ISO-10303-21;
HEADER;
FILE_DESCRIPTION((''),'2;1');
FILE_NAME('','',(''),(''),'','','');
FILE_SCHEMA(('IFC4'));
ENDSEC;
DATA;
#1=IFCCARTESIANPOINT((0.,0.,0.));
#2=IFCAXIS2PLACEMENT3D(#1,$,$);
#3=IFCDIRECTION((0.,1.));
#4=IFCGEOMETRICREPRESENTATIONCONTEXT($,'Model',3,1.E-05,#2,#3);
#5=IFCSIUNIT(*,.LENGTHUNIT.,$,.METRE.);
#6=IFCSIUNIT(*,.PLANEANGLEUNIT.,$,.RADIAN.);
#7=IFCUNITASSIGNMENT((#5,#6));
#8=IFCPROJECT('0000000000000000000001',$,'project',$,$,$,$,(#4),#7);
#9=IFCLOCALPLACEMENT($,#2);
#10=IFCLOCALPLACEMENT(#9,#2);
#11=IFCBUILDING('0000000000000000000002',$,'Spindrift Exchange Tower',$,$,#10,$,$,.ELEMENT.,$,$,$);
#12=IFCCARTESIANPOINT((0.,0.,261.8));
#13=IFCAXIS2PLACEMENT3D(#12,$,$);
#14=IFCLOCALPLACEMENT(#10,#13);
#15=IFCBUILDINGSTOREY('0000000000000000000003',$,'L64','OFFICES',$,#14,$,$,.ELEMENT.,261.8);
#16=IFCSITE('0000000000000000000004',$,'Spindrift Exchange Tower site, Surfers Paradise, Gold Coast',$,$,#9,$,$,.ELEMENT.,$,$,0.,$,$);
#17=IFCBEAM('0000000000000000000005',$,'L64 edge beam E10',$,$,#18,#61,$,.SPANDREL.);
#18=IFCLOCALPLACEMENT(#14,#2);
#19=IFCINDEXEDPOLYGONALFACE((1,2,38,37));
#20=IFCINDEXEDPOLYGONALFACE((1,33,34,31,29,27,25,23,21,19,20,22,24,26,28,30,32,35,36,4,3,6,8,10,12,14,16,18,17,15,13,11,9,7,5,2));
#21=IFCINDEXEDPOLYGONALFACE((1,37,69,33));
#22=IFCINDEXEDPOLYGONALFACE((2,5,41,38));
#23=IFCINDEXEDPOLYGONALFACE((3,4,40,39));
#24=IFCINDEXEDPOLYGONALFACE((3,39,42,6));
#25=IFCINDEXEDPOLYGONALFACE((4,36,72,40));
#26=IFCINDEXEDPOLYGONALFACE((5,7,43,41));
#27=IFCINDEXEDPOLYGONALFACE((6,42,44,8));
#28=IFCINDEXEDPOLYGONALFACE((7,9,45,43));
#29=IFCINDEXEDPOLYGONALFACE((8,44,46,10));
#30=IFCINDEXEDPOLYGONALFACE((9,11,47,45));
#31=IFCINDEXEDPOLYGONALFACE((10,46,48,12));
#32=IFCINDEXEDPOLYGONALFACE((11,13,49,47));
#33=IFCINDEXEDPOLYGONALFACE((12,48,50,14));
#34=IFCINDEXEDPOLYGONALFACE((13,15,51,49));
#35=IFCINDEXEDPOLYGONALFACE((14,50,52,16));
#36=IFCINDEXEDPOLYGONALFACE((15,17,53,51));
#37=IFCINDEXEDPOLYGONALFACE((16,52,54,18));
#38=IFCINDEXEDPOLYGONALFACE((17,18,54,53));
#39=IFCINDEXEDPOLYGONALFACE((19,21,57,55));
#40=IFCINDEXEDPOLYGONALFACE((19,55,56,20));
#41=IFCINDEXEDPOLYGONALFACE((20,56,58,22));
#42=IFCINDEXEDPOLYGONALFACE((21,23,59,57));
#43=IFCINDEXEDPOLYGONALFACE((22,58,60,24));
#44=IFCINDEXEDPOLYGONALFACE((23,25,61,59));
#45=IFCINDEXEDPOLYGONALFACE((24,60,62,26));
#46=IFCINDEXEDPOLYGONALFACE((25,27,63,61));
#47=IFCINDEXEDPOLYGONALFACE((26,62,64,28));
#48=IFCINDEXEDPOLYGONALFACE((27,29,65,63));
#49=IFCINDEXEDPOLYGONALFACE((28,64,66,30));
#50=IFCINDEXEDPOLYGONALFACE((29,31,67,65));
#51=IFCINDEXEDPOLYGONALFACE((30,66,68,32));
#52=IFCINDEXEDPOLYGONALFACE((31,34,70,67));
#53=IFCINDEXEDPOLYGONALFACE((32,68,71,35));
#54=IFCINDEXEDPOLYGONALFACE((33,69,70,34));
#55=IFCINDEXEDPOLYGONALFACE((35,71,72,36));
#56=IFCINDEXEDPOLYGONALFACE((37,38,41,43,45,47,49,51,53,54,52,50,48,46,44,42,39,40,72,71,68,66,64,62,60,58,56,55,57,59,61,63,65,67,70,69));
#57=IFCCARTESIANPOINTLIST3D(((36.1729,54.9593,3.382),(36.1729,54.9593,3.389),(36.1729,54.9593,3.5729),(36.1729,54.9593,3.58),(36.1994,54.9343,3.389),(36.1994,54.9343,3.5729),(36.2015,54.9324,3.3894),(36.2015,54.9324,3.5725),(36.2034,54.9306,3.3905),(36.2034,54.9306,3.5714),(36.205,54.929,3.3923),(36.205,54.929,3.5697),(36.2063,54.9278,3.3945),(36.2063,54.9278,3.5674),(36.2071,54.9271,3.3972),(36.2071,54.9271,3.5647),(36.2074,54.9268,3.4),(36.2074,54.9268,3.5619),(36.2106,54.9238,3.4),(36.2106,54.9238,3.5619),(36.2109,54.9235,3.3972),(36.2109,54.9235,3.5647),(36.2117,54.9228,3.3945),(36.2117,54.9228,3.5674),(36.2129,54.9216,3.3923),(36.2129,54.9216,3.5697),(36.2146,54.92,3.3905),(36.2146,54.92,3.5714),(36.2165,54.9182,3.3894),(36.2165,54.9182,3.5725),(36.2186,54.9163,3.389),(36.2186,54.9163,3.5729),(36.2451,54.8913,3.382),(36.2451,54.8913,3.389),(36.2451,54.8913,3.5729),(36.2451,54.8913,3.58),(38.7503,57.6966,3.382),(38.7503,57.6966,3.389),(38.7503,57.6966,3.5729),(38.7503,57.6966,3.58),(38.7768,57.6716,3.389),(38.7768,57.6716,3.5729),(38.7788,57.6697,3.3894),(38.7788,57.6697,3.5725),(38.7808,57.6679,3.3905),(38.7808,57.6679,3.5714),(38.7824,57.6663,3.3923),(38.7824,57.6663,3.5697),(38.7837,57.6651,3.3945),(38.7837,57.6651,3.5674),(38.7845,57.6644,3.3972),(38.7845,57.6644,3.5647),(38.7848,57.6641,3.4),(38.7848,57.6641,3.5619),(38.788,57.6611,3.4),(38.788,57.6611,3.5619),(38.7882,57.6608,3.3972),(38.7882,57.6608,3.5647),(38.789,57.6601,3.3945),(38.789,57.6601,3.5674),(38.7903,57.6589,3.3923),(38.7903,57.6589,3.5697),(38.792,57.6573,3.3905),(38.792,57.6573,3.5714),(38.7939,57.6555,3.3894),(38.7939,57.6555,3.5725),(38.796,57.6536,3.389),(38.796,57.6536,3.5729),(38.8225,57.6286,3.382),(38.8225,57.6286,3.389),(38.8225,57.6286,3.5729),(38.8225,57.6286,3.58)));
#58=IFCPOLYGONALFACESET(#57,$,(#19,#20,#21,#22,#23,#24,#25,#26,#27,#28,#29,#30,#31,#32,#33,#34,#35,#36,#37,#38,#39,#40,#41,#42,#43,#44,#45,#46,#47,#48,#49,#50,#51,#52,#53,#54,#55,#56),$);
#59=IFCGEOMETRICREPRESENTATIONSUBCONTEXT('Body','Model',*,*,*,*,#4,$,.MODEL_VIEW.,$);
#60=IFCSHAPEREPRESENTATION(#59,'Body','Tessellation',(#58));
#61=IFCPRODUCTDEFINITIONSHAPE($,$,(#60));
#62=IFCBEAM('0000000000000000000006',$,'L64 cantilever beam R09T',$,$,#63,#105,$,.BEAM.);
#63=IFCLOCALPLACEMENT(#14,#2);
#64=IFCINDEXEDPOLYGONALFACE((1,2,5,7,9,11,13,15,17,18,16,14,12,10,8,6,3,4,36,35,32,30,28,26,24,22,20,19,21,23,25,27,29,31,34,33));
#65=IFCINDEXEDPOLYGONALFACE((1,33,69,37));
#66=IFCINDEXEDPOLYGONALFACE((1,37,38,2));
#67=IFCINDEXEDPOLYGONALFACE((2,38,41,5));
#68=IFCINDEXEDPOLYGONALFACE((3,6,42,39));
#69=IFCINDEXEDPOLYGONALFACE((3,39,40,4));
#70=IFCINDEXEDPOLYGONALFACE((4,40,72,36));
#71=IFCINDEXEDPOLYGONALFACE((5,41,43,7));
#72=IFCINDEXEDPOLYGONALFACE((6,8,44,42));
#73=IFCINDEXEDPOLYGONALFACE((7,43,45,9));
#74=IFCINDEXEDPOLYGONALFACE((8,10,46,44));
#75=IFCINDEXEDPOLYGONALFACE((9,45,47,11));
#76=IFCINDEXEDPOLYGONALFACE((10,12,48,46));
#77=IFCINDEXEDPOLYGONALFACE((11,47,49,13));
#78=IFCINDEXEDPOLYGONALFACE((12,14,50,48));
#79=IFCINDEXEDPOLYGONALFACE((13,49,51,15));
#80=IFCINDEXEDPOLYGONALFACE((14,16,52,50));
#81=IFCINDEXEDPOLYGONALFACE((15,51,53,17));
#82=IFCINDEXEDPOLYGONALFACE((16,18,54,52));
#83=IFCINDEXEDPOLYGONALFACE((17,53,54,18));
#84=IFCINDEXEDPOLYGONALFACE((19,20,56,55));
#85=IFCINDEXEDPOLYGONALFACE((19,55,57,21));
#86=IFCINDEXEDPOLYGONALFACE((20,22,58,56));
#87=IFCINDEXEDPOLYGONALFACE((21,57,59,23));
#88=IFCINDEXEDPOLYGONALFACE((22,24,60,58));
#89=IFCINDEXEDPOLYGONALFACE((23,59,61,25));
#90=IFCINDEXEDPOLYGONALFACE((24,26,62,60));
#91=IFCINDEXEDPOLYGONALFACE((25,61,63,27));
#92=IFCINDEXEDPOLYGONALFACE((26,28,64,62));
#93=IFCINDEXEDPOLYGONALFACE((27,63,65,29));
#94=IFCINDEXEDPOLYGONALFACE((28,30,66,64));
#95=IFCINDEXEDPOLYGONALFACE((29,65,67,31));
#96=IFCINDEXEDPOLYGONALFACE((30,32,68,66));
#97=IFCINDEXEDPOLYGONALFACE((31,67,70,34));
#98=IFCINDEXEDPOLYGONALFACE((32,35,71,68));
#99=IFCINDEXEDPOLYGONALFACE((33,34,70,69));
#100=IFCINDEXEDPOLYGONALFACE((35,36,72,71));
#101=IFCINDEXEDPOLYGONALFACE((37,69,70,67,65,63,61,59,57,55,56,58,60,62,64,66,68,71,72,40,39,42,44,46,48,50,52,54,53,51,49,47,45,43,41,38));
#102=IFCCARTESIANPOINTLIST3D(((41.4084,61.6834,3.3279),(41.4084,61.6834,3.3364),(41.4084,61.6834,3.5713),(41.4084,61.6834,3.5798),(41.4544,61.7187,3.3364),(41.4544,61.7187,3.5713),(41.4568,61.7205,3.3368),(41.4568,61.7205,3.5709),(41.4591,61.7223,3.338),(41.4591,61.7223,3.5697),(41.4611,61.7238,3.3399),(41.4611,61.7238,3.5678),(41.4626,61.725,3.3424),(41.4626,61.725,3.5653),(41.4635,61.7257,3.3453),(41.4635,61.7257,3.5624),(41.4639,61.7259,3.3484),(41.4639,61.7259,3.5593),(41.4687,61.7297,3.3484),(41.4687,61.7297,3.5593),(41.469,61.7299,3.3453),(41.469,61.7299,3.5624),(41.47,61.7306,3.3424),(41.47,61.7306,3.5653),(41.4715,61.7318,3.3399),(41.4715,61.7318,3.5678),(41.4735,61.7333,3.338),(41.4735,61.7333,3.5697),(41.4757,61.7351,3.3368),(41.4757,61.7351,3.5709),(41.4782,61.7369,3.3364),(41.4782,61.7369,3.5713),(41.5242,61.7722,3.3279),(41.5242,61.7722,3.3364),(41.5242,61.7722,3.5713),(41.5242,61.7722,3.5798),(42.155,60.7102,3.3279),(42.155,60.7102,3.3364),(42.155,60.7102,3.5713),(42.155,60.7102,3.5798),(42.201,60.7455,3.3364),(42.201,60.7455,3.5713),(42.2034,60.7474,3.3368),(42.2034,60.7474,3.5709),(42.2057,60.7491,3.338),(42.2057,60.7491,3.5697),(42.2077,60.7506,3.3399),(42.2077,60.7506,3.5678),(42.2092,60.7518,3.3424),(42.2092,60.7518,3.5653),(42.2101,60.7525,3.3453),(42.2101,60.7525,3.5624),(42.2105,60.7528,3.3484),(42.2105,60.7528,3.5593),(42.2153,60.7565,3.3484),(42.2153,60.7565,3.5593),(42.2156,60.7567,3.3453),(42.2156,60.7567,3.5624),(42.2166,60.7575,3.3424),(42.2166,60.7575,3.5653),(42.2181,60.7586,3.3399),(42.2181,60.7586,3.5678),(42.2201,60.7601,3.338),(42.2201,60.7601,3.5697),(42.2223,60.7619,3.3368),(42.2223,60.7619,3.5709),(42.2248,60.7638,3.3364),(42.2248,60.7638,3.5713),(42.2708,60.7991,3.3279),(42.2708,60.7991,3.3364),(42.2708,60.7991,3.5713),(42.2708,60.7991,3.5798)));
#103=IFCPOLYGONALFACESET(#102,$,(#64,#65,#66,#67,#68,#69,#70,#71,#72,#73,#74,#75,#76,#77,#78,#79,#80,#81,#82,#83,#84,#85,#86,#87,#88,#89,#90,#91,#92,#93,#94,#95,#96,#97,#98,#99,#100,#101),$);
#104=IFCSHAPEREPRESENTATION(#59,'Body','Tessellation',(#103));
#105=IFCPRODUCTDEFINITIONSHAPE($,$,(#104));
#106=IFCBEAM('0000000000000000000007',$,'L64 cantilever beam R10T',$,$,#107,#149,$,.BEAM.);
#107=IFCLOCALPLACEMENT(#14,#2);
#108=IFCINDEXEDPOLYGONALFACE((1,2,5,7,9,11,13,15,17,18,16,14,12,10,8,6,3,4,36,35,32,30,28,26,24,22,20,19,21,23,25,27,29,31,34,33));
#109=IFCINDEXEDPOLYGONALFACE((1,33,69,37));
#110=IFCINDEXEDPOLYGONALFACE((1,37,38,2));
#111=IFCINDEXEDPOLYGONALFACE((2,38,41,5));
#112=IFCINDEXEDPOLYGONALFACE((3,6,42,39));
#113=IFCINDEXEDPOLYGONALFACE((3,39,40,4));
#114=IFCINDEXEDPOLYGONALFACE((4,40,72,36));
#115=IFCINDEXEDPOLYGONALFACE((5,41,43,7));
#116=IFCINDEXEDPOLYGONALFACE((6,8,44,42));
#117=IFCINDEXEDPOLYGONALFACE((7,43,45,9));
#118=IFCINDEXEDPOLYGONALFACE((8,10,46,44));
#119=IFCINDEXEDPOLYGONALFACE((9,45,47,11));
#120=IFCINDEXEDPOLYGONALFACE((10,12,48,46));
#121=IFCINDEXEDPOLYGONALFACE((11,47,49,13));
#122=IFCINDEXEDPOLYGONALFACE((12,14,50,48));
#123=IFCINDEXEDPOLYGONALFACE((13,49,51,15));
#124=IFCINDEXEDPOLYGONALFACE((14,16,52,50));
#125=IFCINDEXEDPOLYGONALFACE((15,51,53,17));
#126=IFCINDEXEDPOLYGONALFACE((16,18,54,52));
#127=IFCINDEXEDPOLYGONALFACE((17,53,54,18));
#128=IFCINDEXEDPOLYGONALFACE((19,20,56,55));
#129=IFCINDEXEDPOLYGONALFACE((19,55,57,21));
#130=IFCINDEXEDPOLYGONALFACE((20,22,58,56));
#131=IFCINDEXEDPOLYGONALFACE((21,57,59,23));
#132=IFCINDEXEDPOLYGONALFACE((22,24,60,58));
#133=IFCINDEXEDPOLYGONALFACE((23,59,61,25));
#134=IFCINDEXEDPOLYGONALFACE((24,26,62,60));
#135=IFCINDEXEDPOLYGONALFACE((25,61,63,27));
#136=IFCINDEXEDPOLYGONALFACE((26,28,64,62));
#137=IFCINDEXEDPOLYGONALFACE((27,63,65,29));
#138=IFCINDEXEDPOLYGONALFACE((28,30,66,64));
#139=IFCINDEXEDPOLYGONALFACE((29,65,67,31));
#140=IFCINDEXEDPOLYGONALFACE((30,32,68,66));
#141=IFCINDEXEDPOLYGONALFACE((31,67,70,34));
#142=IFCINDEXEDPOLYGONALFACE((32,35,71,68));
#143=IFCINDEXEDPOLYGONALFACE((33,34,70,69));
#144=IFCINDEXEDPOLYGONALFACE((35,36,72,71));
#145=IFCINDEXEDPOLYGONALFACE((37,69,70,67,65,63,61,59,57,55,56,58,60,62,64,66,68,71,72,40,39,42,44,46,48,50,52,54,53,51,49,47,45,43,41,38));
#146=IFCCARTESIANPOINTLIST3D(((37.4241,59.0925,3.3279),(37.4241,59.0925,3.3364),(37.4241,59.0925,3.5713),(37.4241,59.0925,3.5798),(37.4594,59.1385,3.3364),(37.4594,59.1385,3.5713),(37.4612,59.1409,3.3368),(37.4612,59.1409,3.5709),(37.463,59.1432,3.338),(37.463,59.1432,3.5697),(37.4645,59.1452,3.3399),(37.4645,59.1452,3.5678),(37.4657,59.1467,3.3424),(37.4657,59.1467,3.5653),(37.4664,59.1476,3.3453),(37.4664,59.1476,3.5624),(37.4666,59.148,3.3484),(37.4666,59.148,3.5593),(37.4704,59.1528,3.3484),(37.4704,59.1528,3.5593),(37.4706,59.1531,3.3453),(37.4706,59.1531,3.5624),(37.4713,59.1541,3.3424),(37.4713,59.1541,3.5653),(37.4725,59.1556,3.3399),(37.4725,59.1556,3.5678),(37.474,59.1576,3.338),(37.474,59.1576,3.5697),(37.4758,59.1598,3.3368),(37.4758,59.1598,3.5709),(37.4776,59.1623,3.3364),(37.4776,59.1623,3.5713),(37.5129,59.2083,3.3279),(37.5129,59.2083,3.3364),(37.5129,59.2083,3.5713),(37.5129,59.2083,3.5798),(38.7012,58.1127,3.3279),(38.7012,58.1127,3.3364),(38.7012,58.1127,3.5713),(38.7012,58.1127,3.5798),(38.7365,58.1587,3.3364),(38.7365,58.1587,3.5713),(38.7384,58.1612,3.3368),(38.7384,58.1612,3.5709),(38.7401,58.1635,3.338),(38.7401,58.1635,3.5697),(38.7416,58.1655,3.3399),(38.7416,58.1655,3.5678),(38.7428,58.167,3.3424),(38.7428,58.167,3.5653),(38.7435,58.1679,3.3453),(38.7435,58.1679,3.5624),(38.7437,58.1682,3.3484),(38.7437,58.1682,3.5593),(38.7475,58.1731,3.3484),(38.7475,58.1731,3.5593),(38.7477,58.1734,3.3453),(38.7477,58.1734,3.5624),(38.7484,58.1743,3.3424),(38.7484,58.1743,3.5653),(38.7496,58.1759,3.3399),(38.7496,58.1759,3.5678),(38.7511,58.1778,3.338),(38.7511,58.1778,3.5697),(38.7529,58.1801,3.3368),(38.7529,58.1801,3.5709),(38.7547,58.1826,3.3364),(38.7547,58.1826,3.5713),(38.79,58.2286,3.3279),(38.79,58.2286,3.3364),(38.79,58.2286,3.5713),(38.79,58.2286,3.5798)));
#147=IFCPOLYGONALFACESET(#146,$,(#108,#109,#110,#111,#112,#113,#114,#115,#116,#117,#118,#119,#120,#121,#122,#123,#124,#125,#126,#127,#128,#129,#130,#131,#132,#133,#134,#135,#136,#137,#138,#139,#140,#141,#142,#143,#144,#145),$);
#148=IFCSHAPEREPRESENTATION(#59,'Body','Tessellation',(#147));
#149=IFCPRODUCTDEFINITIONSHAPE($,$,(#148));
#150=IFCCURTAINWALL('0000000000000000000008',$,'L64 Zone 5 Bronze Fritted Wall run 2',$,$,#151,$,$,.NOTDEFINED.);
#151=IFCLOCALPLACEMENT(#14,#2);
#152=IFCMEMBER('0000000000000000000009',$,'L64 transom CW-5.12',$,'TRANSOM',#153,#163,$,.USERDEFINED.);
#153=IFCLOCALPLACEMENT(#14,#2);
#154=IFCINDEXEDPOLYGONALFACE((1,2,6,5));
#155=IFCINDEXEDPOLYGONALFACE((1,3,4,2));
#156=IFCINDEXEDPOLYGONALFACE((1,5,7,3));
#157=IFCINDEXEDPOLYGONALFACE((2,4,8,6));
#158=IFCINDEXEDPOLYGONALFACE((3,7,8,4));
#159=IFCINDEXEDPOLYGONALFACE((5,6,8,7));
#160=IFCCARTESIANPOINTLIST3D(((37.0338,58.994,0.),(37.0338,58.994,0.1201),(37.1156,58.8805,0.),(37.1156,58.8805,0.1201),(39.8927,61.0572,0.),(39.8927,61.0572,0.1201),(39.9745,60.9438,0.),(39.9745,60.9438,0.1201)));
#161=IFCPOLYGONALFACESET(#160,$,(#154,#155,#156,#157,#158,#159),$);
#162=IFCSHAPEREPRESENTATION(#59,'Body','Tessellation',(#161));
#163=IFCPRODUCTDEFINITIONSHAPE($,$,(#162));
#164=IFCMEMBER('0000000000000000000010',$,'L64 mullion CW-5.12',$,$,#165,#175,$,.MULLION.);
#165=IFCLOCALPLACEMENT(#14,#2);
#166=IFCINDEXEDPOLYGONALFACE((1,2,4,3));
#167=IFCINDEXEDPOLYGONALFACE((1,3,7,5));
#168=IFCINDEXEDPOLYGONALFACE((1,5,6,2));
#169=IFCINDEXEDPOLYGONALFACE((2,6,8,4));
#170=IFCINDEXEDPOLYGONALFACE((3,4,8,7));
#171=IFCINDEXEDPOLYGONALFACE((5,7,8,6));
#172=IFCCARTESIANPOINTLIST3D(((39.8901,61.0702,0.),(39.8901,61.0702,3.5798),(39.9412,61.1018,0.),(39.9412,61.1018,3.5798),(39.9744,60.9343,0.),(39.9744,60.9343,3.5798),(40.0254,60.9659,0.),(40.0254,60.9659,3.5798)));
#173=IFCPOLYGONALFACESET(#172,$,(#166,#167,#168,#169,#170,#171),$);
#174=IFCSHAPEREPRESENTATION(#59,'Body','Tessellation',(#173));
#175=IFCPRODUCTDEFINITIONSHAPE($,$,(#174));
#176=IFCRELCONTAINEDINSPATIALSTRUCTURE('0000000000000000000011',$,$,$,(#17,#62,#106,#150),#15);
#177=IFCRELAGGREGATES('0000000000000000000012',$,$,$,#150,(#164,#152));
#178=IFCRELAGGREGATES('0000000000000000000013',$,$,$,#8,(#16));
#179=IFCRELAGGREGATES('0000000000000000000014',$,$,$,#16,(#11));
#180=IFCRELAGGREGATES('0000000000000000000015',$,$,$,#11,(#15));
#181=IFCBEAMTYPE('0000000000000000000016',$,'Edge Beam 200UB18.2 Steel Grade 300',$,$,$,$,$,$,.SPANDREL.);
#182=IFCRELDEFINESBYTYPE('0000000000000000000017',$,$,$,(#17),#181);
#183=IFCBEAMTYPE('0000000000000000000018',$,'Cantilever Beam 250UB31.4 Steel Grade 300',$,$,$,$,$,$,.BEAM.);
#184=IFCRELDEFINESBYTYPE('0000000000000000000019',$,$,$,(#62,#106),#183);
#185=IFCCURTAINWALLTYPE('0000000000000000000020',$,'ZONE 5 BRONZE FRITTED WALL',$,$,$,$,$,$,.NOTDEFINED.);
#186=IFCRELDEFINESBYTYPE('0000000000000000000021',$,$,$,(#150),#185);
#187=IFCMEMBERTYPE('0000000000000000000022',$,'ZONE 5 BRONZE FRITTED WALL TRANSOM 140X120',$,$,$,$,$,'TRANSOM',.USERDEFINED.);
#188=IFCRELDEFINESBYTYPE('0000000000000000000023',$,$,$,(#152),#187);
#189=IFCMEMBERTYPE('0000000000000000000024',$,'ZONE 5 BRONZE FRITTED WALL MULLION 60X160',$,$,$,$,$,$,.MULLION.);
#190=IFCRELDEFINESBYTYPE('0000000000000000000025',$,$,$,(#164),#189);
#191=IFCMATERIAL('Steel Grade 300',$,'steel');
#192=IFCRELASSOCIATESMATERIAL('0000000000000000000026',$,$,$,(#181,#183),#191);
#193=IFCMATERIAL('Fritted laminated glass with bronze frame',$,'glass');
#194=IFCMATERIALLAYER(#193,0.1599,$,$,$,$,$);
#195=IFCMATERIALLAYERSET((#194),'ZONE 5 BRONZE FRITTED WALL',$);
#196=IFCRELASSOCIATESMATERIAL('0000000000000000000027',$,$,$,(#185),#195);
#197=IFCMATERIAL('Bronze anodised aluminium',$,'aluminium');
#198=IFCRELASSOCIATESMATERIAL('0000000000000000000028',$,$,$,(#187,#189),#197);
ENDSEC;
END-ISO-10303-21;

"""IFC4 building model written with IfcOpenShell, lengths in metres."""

from ifc_helpers import new_model, si_unit, direction, frame, origin, origin_2d, place, context, subcontext, project, spatial, rectangle, i_section, extrude, source, transform, mapped, material, layer, layer_set, material_profile, profile_set, type_object, element, aggregate, save


model = new_model("IFC4")

# Units and contexts
model_context = context("Model", 3, precision=1e-05, world=origin(), true_north=direction((0.0, 1.0)))
body_context = subcontext(model_context, "Body", "Model", "MODEL_VIEW")
ifc_project = project(units=[si_unit("LENGTHUNIT", "METRE"), si_unit("PLANEANGLEUNIT", "RADIAN")], contexts=[model_context])

# Site, building, storey
site_placement = place(None, origin())
site = spatial("IfcSite", under=ifc_project, at=site_placement, Name="Spindrift Exchange Tower site, Surfers Paradise, Gold Coast", CompositionType="ELEMENT", RefElevation=0.0)
building_placement = place(site_placement, origin())
building = spatial("IfcBuilding", under=site, at=building_placement, Name="Spindrift Exchange Tower", CompositionType="ELEMENT")
storey_placement = place(building_placement, frame((0.0, 0.0, 261.8)))
storey = spatial("IfcBuildingStorey", under=building, at=storey_placement, Name="L64", Description="OFFICES", CompositionType="ELEMENT", Elevation=261.8)

# Beams
ifc_material_1 = material(Name="Steel Grade 300", Category="steel")
ifc_material_profile_1 = material_profile(ifc_material_1, i_section(OverallWidth=0.0991, OverallDepth=0.198, WebThickness=0.0044, FlangeThickness=0.0071, FilletRadius=0.011, at=origin_2d()), Name="200UB18.2")
ifc_profile_set_1 = profile_set([ifc_material_profile_1], Name="Steel Grade 300")
beam_type_1 = type_object("IfcBeamType", Name="Edge Beam 200UB18.2 Steel Grade 300", PredefinedType="SPANDREL", material=ifc_profile_set_1)
shared_shape_1 = source(origin(), body_context, "Body", "SweptSolid", [
    extrude(i_section(OverallWidth=0.0991, OverallDepth=0.198, WebThickness=0.0044, FlangeThickness=0.0071, FilletRadius=0.011, at=origin_2d()), origin(), (0.0, 0.0, 1.0), 3.7598),
])
beam_1_placement = place(storey_placement, frame((38.7864, 57.6626, 3.481), z_axis=(-0.685521, -0.728053, 0.0), x_axis=(0.728053, -0.685521, 0.0)))
element("IfcBeam", 1, at=beam_1_placement, inside=storey, type_object=beam_type_1, Name="L64 edge beam E10", PredefinedType="SPANDREL", context=body_context, shape_type="MappedRepresentation", body=[
    mapped(shared_shape_1, transform((0.0, 0.0, 0.0), scale=1.0)),
])
ifc_material_profile_2 = material_profile(ifc_material_1, i_section(OverallWidth=0.146, OverallDepth=0.252, WebThickness=0.0061, FlangeThickness=0.0085, FilletRadius=0.012, at=origin_2d()), Name="250UB31.4")
ifc_profile_set_2 = profile_set([ifc_material_profile_2], Name="Steel Grade 300")
beam_type_2 = type_object("IfcBeamType", Name="Cantilever Beam 250UB31.4 Steel Grade 300", PredefinedType="BEAM", material=ifc_profile_set_2)
shared_shape_2 = source(origin(), body_context, "Body", "SweptSolid", [
    extrude(i_section(OverallWidth=0.146, OverallDepth=0.252, WebThickness=0.0061, FlangeThickness=0.0085, FilletRadius=0.012, at=origin_2d()), origin(), (0.0, 0.0, 1.0), 1.2266),
])
beam_2_placement = place(storey_placement, frame((42.2129, 60.7546, 3.4539), z_axis=(-0.608691, 0.793408, 0.0), x_axis=(-0.793408, -0.608691, 0.0)))
element("IfcBeam", 2, at=beam_2_placement, inside=storey, type_object=beam_type_2, Name="L64 cantilever beam R09T", PredefinedType="BEAM", context=body_context, shape_type="MappedRepresentation", body=[
    mapped(shared_shape_2, transform((0.0, 0.0, 0.0), scale=1.0)),
])
shared_shape_3 = source(origin(), body_context, "Body", "SweptSolid", [
    extrude(i_section(OverallWidth=0.146, OverallDepth=0.252, WebThickness=0.0061, FlangeThickness=0.0085, FilletRadius=0.012, at=origin_2d()), origin(), (0.0, 0.0, 1.0), 1.6096),
])
beam_3_placement = place(storey_placement, frame((38.7456, 58.1707, 3.4539), z_axis=(-0.793418, 0.608677, 0.0), x_axis=(-0.608677, -0.793418, 0.0)))
element("IfcBeam", 3, at=beam_3_placement, inside=storey, type_object=beam_type_2, Name="L64 cantilever beam R10T", PredefinedType="BEAM", context=body_context, shape_type="MappedRepresentation", body=[
    mapped(shared_shape_3, transform((0.0, 0.0, 0.0), scale=1.0)),
])

# Curtain wall, members
ifc_material_2 = material(Name="Fritted laminated glass with bronze frame", Category="glass")
ifc_layer_1 = layer(ifc_material_2, 0.1599)
ifc_layer_set_1 = layer_set([ifc_layer_1], Name="ZONE 5 BRONZE FRITTED WALL")
curtain_wall_type = type_object("IfcCurtainWallType", Name="ZONE 5 BRONZE FRITTED WALL", PredefinedType="NOTDEFINED", material=ifc_layer_set_1)
curtain_wall_placement = place(storey_placement, origin())
curtain_wall = element("IfcCurtainWall", 4, at=curtain_wall_placement, inside=storey, type_object=curtain_wall_type, Name="L64 Zone 5 Bronze Fritted Wall run 2", PredefinedType="NOTDEFINED")
ifc_material_3 = material(Name="Bronze anodised aluminium", Category="aluminium")
ifc_material_profile_3 = material_profile(ifc_material_3, rectangle(XDim=0.1399, YDim=0.1201, at=origin_2d()), Name="ZONE 5 BRONZE FRITTED WALL TRANSOM 140X120")
ifc_profile_set_3 = profile_set([ifc_material_profile_3], Name="Bronze anodised aluminium")
member_type_1 = type_object("IfcMemberType", Name="ZONE 5 BRONZE FRITTED WALL TRANSOM 140X120", ElementType="TRANSOM", PredefinedType="USERDEFINED", material=ifc_profile_set_3)
shared_shape_4 = source(origin(), body_context, "Body", "SweptSolid", [
    extrude(rectangle(XDim=0.1399, YDim=0.1201, at=origin_2d()), origin(), (0.0, 0.0, 1.0), 3.5256),
])
member_1_placement = place(storey_placement, frame((39.9336, 61.0005, 0.0601), z_axis=(-0.810884, -0.585207, 0.0), x_axis=(0.585207, -0.810884, 0.0)))
member_1 = element("IfcMember", 5, at=member_1_placement, type_object=member_type_1, Name="L64 transom CW-5.12", ObjectType="TRANSOM", PredefinedType="USERDEFINED", context=body_context, shape_type="MappedRepresentation", body=[
    mapped(shared_shape_4, transform((0.0, 0.0, 0.0), scale=1.0)),
])
ifc_material_profile_4 = material_profile(ifc_material_3, rectangle(XDim=0.0601, YDim=0.1599, at=origin_2d()), Name="ZONE 5 BRONZE FRITTED WALL MULLION 60X160")
ifc_profile_set_4 = profile_set([ifc_material_profile_4], Name="Bronze anodised aluminium")
member_type_2 = type_object("IfcMemberType", Name="ZONE 5 BRONZE FRITTED WALL MULLION 60X160", PredefinedType="MULLION", material=ifc_profile_set_4)
shared_shape_5 = source(origin(), body_context, "Body", "SweptSolid", [
    extrude(rectangle(XDim=0.0601, YDim=0.1599, at=origin_2d()), origin(), (0.0, 0.0, 1.0), 3.5798),
])
member_2_placement = place(storey_placement, frame((39.9578, 61.0181, 0.0), z_axis=(0.0, 0.0, 1.0), x_axis=(-0.84992, -0.526911, 0.0)))
member_2 = element("IfcMember", 6, at=member_2_placement, type_object=member_type_2, Name="L64 mullion CW-5.12", PredefinedType="MULLION", context=body_context, shape_type="MappedRepresentation", body=[
    mapped(shared_shape_5, transform((0.0, 0.0, 0.0), scale=1.0)),
])
aggregate(curtain_wall, [member_2, member_1])

save(model, "model.ifc")
